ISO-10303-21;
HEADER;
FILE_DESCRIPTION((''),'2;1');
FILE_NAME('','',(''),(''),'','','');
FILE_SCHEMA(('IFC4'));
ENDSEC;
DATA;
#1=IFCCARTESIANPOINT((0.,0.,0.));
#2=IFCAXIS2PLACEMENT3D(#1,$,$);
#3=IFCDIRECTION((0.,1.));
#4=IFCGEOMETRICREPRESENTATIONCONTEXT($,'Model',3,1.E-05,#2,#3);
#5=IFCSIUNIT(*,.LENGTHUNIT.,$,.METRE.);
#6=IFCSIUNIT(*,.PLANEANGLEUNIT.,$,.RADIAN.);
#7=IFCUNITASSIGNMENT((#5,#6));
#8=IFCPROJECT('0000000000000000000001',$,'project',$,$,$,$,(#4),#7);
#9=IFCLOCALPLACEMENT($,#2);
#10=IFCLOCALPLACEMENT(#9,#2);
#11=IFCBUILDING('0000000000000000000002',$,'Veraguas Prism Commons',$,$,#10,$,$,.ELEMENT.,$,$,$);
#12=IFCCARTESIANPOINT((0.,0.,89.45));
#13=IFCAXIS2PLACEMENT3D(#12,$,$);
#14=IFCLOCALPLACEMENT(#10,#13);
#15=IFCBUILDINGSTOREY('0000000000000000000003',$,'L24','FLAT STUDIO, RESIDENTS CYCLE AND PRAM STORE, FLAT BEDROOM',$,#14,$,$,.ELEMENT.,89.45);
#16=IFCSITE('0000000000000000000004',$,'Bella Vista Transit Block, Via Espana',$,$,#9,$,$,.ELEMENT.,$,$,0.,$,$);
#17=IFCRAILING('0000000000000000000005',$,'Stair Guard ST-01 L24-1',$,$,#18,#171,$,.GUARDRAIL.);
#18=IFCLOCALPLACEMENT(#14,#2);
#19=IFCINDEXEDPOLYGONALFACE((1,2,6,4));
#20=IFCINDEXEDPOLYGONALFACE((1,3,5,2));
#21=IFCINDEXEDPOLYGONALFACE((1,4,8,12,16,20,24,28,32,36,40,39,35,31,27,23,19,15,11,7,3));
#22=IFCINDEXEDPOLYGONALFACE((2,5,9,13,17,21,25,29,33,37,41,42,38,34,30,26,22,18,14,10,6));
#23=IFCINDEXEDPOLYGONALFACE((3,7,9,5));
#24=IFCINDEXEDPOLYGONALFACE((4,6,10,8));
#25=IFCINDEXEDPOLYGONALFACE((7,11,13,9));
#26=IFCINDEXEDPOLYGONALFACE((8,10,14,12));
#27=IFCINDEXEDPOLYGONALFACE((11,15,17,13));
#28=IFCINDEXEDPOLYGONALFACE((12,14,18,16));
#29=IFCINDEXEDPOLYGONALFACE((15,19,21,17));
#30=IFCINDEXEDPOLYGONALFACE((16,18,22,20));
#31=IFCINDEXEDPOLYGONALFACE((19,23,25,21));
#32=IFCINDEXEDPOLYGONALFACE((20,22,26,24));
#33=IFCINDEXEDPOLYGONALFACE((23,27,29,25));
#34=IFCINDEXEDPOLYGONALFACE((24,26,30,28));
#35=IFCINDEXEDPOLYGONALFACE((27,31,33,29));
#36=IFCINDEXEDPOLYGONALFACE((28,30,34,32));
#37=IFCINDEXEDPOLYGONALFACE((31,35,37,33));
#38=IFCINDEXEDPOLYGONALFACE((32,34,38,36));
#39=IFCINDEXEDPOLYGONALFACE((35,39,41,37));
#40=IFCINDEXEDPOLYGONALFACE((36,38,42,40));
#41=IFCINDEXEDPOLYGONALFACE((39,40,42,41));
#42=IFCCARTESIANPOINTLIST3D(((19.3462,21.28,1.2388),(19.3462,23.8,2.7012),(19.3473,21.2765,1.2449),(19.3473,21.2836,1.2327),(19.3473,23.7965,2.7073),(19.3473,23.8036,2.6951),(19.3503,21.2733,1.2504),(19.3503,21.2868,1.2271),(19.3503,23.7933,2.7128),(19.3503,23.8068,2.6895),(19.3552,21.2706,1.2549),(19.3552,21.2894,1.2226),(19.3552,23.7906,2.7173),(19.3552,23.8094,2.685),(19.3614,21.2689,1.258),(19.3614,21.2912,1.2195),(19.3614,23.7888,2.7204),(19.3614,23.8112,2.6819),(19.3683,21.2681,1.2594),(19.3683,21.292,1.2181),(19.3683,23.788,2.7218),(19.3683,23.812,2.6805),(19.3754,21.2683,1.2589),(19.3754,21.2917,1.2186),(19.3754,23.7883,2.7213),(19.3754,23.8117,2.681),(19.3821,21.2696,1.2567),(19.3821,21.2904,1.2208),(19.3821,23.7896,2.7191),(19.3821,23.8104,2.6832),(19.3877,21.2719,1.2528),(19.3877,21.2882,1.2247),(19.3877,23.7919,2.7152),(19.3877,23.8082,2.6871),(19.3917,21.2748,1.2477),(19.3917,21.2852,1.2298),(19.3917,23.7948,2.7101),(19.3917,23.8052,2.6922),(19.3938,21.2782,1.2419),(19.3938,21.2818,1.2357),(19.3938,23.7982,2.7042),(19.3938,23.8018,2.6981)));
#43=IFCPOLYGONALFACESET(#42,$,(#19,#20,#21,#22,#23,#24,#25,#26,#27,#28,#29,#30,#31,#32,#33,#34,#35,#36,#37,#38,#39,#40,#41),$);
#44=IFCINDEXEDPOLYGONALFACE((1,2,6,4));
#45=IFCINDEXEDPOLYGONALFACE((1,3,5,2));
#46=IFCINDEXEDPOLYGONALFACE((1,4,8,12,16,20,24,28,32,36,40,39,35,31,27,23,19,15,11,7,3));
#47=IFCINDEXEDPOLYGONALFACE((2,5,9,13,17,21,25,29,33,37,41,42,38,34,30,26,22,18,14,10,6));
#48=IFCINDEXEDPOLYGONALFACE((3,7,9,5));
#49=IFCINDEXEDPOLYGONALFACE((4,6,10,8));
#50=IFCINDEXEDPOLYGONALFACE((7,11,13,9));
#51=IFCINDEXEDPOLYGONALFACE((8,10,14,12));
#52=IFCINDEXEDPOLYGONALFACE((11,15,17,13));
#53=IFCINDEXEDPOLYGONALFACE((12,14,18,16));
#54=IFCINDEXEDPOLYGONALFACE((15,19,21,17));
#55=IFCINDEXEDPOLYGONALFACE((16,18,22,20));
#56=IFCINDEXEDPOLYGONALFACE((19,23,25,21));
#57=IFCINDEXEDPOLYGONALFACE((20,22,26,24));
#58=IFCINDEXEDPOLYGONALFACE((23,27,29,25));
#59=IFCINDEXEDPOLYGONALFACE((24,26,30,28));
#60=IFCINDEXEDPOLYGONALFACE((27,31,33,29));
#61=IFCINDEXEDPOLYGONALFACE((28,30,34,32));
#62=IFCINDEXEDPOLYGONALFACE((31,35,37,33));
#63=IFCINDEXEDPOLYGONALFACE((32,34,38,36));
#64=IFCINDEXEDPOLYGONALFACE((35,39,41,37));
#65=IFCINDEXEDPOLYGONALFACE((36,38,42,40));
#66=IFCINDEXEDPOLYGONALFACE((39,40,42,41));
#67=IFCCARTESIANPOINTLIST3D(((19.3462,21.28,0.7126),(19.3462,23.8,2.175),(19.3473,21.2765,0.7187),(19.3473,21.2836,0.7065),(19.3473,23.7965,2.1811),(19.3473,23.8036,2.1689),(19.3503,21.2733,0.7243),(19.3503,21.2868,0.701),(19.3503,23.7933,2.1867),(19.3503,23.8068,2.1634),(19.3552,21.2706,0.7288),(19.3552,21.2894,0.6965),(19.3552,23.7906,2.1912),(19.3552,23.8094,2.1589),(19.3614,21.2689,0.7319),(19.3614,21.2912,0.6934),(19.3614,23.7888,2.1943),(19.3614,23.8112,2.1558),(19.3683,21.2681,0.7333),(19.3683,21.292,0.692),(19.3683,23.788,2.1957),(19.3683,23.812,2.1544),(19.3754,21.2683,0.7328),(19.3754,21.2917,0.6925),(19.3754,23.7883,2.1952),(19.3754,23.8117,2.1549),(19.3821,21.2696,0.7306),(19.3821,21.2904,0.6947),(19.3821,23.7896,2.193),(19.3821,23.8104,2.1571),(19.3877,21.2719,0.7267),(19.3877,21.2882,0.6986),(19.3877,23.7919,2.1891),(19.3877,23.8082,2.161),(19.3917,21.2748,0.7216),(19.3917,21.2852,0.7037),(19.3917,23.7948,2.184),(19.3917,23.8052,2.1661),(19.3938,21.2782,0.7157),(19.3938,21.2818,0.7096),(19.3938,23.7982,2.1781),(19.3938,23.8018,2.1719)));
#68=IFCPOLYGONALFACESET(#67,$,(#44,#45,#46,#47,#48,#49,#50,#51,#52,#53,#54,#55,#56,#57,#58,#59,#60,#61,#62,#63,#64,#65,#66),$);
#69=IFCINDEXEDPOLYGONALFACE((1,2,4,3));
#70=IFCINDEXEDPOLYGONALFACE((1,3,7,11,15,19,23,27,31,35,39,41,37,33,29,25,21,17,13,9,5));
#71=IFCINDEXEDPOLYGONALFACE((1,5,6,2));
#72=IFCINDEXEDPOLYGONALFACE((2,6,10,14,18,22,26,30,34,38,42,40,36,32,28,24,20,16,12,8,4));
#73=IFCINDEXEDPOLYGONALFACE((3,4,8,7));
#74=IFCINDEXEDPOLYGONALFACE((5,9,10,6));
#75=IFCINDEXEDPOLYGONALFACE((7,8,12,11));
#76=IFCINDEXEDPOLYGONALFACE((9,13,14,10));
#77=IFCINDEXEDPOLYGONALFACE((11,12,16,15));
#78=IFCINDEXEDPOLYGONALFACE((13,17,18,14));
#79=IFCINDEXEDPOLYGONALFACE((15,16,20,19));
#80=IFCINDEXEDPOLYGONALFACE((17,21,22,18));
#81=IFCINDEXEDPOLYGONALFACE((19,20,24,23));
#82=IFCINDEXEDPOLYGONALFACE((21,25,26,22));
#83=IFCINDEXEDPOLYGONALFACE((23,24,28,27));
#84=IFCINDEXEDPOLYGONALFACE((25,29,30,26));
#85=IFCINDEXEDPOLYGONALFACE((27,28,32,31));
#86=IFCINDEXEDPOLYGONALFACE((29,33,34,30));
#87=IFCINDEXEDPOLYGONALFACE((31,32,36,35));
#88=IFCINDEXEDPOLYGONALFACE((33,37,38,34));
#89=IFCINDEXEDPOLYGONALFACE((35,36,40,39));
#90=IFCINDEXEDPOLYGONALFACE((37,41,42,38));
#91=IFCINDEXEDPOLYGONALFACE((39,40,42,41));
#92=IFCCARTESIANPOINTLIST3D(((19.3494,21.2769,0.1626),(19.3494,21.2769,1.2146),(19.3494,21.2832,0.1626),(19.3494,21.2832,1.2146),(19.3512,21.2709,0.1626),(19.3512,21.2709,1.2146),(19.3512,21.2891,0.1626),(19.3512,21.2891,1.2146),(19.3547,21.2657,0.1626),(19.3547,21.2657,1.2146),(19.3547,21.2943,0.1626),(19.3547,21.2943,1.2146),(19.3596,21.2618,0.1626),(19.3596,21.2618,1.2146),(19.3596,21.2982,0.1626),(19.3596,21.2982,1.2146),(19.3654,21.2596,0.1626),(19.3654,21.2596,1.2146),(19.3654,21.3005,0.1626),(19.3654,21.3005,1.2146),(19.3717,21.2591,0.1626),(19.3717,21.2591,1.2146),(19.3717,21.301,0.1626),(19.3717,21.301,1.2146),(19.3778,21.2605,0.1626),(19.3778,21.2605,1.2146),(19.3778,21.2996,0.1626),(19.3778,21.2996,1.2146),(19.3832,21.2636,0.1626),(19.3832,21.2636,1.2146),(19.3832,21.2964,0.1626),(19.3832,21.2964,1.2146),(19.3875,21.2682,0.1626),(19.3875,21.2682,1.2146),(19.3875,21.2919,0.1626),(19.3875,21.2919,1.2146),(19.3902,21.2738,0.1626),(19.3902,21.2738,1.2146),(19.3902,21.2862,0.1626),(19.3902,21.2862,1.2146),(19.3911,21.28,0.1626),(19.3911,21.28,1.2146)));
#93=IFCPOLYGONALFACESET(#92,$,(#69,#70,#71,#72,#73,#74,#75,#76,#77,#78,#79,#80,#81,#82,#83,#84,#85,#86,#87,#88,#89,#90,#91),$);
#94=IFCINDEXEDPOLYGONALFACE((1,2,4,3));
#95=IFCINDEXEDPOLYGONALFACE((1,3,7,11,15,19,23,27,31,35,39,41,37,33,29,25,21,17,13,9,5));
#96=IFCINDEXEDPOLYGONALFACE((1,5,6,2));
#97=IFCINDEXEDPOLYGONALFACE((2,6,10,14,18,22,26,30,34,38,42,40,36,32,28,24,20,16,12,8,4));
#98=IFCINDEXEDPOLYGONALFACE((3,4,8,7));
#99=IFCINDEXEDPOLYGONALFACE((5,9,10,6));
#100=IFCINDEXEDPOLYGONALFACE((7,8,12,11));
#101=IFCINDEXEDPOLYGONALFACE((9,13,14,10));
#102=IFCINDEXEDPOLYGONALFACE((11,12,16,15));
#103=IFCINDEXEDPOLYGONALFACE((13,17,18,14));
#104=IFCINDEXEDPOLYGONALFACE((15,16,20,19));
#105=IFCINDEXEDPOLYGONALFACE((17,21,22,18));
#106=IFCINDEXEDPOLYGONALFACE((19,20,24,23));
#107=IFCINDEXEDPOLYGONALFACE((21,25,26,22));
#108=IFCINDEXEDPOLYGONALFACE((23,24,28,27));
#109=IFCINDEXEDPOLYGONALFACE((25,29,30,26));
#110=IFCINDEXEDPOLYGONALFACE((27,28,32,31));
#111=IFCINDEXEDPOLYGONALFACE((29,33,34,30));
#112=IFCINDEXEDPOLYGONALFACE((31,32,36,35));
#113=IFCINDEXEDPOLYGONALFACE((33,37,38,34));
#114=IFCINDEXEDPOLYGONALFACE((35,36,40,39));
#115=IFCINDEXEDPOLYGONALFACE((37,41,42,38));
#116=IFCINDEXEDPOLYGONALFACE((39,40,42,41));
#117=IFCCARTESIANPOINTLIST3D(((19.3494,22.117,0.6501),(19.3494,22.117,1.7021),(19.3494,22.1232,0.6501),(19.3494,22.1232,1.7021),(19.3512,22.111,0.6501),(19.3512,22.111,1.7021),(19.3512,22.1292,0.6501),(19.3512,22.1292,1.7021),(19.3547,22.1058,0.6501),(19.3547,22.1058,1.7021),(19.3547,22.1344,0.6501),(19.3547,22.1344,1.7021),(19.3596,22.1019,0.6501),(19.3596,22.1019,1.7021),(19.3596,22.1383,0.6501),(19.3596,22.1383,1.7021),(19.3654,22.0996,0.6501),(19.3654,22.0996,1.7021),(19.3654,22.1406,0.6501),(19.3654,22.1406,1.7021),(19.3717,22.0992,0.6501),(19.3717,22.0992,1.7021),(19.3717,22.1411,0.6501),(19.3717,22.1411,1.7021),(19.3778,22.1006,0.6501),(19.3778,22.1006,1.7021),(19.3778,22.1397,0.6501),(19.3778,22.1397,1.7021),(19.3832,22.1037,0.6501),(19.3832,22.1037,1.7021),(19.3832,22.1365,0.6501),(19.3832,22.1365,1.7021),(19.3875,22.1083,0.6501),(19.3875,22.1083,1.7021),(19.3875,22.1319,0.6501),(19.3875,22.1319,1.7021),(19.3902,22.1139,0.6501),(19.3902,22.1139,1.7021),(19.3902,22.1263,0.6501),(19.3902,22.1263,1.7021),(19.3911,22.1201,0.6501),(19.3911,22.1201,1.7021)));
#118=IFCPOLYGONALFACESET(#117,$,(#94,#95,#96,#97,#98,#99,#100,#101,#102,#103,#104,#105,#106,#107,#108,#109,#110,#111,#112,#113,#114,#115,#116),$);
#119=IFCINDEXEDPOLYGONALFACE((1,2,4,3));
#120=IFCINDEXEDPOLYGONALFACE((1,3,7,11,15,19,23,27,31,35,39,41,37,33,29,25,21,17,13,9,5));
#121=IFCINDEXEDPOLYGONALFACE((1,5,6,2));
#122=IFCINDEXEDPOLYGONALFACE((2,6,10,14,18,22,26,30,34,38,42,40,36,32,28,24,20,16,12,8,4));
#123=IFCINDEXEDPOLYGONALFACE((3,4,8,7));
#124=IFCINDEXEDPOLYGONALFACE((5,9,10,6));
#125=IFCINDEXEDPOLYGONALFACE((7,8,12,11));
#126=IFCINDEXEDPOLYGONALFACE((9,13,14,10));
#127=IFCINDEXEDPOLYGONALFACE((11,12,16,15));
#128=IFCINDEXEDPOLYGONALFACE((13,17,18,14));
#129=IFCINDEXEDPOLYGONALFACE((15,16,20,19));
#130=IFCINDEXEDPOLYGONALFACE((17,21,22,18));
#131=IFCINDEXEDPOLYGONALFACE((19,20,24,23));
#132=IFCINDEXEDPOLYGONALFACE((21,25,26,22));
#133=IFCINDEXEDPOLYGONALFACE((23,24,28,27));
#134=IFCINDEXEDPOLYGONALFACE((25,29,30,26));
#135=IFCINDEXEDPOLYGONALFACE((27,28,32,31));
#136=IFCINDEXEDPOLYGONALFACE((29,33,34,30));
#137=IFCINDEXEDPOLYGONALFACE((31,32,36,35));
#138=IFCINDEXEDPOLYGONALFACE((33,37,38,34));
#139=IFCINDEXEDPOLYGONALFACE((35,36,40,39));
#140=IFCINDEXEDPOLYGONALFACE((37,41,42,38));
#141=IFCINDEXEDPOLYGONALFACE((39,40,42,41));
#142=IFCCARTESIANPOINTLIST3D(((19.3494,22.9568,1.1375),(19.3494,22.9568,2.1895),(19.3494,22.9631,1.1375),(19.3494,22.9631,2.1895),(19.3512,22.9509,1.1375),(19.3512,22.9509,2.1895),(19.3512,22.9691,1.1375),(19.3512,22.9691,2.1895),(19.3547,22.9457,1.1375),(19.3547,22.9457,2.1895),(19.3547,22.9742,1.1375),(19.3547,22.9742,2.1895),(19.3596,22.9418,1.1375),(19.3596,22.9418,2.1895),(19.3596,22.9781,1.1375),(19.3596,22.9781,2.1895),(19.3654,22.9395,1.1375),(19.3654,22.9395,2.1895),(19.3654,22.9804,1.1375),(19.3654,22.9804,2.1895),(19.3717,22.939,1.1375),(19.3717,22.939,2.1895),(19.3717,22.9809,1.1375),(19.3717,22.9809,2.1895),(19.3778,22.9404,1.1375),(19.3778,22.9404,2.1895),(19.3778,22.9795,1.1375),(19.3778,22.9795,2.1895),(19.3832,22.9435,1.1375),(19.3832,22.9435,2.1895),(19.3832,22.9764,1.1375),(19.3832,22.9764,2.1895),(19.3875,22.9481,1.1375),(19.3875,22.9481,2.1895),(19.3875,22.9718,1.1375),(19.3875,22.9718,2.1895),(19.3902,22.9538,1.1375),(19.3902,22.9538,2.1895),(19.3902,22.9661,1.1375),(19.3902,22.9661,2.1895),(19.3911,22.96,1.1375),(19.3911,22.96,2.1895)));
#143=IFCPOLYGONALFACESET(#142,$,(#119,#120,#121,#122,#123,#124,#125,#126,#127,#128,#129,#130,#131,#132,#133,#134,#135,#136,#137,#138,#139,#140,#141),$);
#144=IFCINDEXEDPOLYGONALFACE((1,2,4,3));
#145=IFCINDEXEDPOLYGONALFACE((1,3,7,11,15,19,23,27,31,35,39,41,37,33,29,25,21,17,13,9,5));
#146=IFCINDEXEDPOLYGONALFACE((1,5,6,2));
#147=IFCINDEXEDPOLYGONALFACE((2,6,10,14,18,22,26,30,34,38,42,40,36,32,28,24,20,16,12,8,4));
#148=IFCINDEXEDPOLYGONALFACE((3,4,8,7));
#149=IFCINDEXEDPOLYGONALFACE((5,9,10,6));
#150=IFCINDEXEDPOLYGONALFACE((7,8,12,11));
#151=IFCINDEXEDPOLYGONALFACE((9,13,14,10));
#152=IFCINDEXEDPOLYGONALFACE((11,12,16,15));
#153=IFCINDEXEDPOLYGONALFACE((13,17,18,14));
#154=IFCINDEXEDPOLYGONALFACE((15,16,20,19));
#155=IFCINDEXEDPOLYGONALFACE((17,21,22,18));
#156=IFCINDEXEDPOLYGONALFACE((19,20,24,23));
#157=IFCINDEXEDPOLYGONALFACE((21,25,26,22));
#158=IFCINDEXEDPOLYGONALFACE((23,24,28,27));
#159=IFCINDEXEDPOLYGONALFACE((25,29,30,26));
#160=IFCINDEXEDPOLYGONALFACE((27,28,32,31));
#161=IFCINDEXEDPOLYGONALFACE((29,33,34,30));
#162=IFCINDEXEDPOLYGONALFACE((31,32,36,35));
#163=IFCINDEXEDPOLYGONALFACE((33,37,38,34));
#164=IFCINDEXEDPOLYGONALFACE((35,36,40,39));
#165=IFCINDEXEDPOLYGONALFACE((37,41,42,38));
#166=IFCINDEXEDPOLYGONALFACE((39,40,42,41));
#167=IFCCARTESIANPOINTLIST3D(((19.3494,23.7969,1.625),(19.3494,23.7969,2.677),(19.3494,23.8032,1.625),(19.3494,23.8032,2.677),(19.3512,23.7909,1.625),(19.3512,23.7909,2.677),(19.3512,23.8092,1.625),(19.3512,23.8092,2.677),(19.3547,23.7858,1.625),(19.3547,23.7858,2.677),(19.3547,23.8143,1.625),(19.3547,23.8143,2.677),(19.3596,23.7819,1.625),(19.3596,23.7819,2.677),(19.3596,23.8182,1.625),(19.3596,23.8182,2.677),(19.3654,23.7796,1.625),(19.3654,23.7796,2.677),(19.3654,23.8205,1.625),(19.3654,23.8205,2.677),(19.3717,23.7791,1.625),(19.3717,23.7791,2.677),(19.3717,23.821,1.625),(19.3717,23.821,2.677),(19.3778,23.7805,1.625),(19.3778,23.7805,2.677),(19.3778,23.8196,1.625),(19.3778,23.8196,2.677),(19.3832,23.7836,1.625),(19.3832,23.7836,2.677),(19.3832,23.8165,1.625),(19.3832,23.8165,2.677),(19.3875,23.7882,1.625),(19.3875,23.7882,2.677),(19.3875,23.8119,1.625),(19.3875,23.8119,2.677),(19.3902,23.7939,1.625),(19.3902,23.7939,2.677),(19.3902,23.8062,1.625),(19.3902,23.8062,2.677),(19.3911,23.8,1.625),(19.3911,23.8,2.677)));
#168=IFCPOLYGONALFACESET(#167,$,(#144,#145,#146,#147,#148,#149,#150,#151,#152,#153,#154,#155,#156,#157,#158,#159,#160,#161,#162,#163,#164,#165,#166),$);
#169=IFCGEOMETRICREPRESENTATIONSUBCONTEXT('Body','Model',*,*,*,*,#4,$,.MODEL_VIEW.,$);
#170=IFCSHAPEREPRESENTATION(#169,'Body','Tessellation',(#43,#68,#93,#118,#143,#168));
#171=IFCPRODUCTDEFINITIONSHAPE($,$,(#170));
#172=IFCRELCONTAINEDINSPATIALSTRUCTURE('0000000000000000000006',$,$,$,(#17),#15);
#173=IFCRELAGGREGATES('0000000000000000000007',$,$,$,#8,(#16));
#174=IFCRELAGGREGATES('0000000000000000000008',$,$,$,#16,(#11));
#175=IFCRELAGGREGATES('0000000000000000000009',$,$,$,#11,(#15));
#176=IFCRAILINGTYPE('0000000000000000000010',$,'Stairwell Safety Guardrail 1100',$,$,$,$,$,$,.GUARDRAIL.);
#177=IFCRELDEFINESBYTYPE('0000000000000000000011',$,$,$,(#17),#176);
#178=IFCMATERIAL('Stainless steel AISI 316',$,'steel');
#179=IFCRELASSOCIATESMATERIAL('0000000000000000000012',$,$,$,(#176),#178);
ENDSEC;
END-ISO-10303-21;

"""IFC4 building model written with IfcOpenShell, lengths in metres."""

from ifc_helpers import new_model, si_unit, direction, frame, origin, origin_2d, place, context, subcontext, project, spatial, circle, extrude, material, type_object, element, save


model = new_model("IFC4")

# Units and contexts
model_context = context("Model", 3, precision=1e-05, world=origin(), true_north=direction((0.0, 1.0)))
body_context = subcontext(model_context, "Body", "Model", "MODEL_VIEW")
ifc_project = project(units=[si_unit("LENGTHUNIT", "METRE"), si_unit("PLANEANGLEUNIT", "RADIAN")], contexts=[model_context])

# Site, building, storey
site_placement = place(None, origin())
site = spatial("IfcSite", under=ifc_project, at=site_placement, Name="Bella Vista Transit Block, Via Espana", CompositionType="ELEMENT", RefElevation=0.0)
building_placement = place(site_placement, origin())
building = spatial("IfcBuilding", under=site, at=building_placement, Name="Veraguas Prism Commons", CompositionType="ELEMENT")
storey_placement = place(building_placement, frame((0.0, 0.0, 89.45)))
storey = spatial("IfcBuildingStorey", under=building, at=storey_placement, Name="L24", Description="FLAT STUDIO, RESIDENTS CYCLE AND PRAM STORE, FLAT BEDROOM", CompositionType="ELEMENT", Elevation=89.45)

# Railing
ifc_material_1 = material(Name="Stainless steel AISI 316", Category="steel")
railing_type_1 = type_object("IfcRailingType", Name="Stairwell Safety Guardrail 1100", PredefinedType="GUARDRAIL", material=ifc_material_1)
railing_1_placement = place(storey_placement, frame((19.3701, 21.28, 0.1626)))
element("IfcRailing", 1, at=railing_1_placement, inside=storey, type_object=railing_type_1, Name="Stair Guard ST-01 L24-1", PredefinedType="GUARDRAIL", context=body_context, shape_type="SweptSolid", body=[
    extrude(circle(Radius=0.0239, at=origin_2d()), frame((0.0, 0.0, 1.0762), z_axis=(0.0, 0.864913, 0.501921), x_axis=(-1.0, 0.0, 0.0)), (0.0, 0.0, 1.0), 2.9136),
    extrude(circle(Radius=0.0239, at=origin_2d()), frame((0.0, 0.0, 0.55), z_axis=(0.0, 0.864913, 0.501921), x_axis=(-1.0, 0.0, 0.0)), (0.0, 0.0, 1.0), 2.9136),
    extrude(circle(Radius=0.021, at=origin_2d()), origin(), (0.0, 0.0, 1.0), 1.052),
    extrude(circle(Radius=0.021, at=origin_2d()), frame((0.0, 0.8401, 0.4875)), (0.0, 0.0, 1.0), 1.052),
    extrude(circle(Radius=0.021, at=origin_2d()), frame((0.0, 1.6799, 0.9749)), (0.0, 0.0, 1.0), 1.052),
    extrude(circle(Radius=0.021, at=origin_2d()), frame((0.0, 2.52, 1.4624)), (0.0, 0.0, 1.0), 1.052),
])

save(model, "model.ifc")
